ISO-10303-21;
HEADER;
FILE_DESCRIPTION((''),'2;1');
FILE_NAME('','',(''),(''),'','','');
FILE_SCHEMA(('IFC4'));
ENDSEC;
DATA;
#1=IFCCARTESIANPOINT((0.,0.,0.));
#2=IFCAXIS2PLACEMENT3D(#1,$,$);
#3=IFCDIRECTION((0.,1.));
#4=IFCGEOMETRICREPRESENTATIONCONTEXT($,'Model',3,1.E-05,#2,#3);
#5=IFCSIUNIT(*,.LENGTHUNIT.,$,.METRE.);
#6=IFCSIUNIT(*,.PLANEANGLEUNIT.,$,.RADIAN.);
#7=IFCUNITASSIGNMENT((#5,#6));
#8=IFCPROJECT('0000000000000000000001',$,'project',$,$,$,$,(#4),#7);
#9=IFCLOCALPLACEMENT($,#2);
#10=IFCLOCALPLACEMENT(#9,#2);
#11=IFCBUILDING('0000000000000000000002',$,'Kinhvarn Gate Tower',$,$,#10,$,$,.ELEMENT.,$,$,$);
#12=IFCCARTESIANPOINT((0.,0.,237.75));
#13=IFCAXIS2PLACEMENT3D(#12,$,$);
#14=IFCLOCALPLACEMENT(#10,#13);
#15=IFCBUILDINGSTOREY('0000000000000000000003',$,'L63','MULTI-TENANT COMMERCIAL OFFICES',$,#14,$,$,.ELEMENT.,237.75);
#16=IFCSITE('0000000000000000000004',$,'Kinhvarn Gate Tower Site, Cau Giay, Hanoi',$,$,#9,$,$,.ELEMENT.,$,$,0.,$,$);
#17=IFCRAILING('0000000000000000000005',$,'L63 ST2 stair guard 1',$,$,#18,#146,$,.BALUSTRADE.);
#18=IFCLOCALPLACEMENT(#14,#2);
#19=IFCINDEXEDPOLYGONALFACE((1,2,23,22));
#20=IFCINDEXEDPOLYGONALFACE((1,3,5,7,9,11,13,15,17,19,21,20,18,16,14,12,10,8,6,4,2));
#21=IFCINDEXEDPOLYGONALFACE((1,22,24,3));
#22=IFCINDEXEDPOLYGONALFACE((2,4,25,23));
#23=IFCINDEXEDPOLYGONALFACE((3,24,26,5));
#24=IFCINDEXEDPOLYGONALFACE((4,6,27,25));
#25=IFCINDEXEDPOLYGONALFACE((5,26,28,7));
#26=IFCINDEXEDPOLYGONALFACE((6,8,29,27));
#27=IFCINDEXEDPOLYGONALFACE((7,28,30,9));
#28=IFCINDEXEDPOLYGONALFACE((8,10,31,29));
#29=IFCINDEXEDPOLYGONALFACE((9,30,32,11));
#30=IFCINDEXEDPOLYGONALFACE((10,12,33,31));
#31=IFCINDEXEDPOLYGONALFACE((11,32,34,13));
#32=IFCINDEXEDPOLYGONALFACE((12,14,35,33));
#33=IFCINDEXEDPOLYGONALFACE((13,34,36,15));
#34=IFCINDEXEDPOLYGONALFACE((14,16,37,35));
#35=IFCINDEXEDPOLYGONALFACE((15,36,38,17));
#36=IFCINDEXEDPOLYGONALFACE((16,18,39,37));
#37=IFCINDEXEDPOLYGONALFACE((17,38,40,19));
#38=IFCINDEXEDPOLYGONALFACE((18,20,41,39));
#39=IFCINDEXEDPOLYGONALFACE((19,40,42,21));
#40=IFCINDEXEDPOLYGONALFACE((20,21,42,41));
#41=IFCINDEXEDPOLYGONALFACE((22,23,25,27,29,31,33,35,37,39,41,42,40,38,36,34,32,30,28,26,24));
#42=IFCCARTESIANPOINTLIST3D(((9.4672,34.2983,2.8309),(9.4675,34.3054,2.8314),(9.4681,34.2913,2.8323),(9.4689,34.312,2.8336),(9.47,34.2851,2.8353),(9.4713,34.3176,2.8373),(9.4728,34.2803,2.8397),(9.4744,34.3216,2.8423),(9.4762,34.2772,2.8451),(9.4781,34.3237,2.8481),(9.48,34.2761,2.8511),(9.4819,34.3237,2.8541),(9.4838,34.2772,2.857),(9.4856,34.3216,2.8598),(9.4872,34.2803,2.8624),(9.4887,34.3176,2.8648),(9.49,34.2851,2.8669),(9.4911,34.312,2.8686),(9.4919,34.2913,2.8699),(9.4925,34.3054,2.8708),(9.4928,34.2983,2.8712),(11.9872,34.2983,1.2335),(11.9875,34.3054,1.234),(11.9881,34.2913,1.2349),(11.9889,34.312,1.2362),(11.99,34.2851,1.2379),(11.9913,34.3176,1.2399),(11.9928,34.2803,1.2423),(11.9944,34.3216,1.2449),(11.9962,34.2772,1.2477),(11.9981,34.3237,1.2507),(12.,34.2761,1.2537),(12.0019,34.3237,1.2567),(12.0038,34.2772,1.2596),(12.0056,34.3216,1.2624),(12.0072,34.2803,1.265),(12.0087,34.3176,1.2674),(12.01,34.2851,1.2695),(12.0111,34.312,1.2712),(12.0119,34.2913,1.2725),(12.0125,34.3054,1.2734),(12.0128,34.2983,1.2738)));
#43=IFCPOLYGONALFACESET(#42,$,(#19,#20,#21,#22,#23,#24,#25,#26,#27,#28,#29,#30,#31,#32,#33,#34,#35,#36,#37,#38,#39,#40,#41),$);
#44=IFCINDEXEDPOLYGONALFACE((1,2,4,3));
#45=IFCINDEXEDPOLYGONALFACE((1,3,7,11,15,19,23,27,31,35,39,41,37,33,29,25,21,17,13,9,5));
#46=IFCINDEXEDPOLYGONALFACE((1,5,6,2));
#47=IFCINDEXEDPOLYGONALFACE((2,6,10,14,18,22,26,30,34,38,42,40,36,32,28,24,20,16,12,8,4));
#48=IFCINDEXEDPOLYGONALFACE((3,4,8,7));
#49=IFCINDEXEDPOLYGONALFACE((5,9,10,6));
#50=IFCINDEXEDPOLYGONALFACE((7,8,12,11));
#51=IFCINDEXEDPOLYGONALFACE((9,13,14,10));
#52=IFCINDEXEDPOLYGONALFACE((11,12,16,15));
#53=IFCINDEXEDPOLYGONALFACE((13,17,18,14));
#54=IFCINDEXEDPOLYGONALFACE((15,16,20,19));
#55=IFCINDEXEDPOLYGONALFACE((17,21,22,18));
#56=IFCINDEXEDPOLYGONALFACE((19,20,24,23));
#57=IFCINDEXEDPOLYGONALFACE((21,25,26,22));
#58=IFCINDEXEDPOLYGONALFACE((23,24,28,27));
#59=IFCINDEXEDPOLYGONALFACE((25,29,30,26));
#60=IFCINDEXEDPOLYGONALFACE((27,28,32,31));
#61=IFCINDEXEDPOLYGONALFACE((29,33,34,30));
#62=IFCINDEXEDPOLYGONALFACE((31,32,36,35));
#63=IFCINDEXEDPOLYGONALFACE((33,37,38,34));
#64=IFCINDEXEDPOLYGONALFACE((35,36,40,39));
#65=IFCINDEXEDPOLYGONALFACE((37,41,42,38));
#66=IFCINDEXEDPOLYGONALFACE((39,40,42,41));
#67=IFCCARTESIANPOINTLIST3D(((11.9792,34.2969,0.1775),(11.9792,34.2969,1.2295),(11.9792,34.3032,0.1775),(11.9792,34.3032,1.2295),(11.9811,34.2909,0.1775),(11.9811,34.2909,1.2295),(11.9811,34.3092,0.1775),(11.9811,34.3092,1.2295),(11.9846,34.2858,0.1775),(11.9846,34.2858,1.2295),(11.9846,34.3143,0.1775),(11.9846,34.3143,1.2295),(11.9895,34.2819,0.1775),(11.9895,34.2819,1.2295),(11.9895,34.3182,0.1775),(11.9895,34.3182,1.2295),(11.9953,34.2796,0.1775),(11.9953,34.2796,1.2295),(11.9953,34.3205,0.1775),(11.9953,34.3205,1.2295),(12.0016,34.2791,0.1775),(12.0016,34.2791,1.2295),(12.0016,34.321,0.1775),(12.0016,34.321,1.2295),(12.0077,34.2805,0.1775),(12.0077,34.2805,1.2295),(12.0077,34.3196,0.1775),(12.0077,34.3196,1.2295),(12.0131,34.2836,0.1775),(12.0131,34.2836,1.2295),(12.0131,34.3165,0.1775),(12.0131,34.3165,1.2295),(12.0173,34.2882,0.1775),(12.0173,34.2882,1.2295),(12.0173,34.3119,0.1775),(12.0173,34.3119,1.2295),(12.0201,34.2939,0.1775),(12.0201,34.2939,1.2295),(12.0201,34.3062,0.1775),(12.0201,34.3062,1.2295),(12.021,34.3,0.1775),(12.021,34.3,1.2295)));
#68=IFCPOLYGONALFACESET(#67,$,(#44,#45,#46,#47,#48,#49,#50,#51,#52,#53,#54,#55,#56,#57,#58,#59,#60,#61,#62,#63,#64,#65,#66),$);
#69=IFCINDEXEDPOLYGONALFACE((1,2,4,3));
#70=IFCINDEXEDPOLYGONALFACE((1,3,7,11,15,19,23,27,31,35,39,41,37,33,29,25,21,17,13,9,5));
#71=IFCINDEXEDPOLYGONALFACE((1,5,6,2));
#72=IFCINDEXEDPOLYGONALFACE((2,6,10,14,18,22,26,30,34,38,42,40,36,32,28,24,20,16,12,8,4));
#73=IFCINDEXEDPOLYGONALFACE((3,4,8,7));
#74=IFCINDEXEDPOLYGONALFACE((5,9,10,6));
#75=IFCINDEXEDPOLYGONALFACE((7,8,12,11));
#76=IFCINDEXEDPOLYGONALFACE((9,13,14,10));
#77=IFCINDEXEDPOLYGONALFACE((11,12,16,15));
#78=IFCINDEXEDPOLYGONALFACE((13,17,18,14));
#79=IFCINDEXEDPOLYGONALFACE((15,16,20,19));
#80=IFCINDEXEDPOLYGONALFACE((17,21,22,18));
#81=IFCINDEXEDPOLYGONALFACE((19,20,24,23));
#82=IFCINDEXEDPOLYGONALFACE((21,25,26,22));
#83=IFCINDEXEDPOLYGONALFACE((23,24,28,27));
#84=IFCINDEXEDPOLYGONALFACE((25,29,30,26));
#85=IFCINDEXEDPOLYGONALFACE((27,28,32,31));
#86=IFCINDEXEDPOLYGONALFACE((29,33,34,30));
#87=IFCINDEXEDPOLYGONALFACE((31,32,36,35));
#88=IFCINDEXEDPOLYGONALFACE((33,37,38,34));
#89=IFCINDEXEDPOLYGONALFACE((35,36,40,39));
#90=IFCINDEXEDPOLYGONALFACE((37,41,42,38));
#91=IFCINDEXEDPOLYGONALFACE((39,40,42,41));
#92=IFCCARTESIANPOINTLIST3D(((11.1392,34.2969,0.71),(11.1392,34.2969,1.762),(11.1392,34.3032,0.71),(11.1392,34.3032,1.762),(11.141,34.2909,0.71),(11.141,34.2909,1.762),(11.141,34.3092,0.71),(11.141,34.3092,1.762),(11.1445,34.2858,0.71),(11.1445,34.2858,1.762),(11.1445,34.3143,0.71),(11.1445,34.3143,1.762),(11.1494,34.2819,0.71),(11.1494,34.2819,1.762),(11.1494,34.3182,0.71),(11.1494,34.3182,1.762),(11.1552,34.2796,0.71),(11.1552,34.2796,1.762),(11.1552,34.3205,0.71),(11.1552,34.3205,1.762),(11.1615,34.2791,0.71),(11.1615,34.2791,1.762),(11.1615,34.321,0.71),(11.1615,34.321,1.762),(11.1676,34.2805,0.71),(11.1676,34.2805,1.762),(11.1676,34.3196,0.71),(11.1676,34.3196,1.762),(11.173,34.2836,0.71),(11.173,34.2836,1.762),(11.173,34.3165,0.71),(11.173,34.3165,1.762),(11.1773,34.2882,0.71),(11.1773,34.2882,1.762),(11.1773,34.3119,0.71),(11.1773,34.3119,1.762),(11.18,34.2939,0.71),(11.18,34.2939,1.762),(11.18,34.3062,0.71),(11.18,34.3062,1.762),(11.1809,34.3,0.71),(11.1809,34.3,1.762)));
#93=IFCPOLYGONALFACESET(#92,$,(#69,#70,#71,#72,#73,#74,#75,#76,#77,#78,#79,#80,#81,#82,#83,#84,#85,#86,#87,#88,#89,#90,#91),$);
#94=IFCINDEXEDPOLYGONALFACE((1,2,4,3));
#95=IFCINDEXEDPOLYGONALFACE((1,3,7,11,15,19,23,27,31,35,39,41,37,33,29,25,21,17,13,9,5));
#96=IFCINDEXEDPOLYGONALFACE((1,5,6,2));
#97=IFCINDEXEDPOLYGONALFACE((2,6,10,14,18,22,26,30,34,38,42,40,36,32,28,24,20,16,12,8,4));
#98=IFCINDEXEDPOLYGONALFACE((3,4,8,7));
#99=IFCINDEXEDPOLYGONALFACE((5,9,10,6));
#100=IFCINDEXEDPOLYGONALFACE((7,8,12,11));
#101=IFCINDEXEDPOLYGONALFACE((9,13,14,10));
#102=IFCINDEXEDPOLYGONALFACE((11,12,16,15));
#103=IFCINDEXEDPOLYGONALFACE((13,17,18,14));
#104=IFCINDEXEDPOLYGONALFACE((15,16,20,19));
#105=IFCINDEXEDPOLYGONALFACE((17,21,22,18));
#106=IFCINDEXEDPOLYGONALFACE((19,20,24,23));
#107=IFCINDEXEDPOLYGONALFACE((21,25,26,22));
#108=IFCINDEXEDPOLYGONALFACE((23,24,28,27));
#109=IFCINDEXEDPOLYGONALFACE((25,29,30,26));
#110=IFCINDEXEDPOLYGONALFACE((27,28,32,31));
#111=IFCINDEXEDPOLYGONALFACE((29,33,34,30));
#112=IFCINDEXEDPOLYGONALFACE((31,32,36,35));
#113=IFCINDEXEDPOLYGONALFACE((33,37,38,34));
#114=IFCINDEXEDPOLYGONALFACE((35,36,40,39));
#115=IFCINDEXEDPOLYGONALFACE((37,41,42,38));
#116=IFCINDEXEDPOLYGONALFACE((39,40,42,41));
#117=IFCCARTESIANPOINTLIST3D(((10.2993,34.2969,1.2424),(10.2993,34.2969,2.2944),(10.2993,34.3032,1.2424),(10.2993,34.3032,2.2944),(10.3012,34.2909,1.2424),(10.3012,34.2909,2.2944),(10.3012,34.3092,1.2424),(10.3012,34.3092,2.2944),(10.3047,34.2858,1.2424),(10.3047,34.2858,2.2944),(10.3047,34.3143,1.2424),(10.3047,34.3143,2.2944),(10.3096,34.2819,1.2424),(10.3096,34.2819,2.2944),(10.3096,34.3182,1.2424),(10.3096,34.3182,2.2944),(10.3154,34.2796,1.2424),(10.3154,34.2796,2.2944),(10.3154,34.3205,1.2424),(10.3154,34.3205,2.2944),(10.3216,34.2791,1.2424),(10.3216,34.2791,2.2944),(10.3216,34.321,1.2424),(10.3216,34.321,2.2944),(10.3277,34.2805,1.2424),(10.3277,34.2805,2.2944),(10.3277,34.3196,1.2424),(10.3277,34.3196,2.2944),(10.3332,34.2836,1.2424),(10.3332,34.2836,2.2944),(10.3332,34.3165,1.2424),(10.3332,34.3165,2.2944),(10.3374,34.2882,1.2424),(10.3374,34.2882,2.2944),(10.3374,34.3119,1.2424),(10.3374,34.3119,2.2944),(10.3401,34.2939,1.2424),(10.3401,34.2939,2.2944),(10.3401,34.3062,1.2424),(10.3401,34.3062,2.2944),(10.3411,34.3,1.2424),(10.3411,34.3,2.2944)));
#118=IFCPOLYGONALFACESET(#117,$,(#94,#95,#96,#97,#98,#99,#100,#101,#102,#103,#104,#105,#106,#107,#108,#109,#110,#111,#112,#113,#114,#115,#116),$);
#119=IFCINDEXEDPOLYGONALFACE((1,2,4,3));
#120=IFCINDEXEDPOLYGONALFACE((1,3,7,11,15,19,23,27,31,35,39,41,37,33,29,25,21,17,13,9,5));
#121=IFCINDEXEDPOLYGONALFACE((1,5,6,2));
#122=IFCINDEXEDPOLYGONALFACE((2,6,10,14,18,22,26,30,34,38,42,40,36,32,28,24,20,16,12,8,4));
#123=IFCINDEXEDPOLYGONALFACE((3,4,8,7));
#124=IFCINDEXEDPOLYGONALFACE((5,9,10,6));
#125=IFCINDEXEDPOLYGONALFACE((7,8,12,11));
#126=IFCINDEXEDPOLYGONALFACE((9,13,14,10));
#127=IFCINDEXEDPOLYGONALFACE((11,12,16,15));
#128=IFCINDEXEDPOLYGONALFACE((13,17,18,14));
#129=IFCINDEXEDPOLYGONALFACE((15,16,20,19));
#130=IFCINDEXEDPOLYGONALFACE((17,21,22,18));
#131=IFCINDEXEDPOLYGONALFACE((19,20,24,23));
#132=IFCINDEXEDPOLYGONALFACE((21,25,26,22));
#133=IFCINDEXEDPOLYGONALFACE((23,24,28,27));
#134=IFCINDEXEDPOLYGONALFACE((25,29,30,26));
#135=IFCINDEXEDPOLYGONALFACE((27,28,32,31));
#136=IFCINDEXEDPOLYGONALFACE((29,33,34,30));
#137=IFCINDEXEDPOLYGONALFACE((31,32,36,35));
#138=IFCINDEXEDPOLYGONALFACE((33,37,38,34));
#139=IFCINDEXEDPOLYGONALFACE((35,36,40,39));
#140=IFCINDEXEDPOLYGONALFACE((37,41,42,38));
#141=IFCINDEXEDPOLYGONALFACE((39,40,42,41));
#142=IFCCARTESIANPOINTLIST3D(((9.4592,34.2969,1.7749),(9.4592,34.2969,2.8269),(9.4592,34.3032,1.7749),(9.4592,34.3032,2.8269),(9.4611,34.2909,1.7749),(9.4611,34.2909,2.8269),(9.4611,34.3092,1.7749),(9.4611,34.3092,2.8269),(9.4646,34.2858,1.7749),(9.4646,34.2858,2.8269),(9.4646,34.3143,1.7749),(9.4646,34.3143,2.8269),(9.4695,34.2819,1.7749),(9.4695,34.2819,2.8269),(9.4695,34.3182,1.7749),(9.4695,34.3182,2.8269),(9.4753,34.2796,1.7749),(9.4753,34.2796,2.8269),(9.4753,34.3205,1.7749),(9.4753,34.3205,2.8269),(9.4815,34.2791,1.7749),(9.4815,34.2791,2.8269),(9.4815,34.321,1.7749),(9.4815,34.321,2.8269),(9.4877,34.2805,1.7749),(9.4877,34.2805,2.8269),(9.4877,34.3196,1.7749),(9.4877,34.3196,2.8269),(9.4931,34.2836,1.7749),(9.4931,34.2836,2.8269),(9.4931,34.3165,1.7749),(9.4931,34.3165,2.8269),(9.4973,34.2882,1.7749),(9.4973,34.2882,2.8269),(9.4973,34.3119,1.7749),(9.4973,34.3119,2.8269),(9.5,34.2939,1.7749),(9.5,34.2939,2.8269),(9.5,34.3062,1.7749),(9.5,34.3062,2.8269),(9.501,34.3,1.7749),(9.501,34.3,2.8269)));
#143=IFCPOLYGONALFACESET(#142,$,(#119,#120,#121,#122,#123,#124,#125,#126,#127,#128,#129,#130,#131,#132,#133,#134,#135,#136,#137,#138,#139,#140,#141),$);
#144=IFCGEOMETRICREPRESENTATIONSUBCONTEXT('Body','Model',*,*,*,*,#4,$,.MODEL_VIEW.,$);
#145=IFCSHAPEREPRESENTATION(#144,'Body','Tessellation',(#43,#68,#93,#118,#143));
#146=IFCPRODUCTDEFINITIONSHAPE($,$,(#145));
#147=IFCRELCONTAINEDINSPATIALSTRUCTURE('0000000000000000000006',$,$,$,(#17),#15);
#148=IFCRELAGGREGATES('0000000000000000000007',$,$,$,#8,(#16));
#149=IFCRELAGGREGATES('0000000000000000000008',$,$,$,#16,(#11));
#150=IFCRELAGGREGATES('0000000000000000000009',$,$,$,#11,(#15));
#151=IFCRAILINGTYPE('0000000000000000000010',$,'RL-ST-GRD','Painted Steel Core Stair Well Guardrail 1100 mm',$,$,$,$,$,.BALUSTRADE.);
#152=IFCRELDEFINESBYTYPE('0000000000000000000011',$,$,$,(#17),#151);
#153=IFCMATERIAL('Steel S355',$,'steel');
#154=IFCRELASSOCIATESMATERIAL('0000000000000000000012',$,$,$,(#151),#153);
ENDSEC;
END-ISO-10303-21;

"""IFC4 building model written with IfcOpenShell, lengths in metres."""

from ifc_helpers import new_model, si_unit, direction, frame, origin, origin_2d, place, context, subcontext, project, spatial, circle, extrude, material, type_object, element, save


model = new_model("IFC4")

# Units and contexts
model_context = context("Model", 3, precision=1e-05, world=origin(), true_north=direction((0.0, 1.0)))
body_context = subcontext(model_context, "Body", "Model", "MODEL_VIEW")
ifc_project = project(units=[si_unit("LENGTHUNIT", "METRE"), si_unit("PLANEANGLEUNIT", "RADIAN")], contexts=[model_context])

# Site, building, storey
site_placement = place(None, origin())
site = spatial("IfcSite", under=ifc_project, at=site_placement, Name="Kinhvarn Gate Tower Site, Cau Giay, Hanoi", CompositionType="ELEMENT", RefElevation=0.0)
building_placement = place(site_placement, origin())
building = spatial("IfcBuilding", under=site, at=building_placement, Name="Kinhvarn Gate Tower", CompositionType="ELEMENT")
storey_placement = place(building_placement, frame((0.0, 0.0, 237.75)))
storey = spatial("IfcBuildingStorey", under=building, at=storey_placement, Name="L63", Description="MULTI-TENANT COMMERCIAL OFFICES", CompositionType="ELEMENT", Elevation=237.75)

# Shared definitions
ifc_material_1 = material(Name="Steel S355", Category="steel")

# Railing
railing_type_1 = type_object("IfcRailingType", Name="RL-ST-GRD", Description="Painted Steel Core Stair Well Guardrail 1100 mm", PredefinedType="BALUSTRADE", material=ifc_material_1)
railing_1_placement = place(storey_placement, frame((12.0, 34.3, 0.1775)))
element("IfcRailing", 1, at=railing_1_placement, inside=storey, type_object=railing_type_1, Name="L63 ST2 stair guard 1", PredefinedType="BALUSTRADE", context=body_context, shape_type="SweptSolid", body=[
    extrude(circle(Radius=0.0239, at=origin_2d()), frame((0.0, 0.0, 1.0762), z_axis=(-0.844607, 0.0, 0.535387), x_axis=(0.0, -1.0, 0.0)), (0.0, 0.0, 1.0), 2.9836),
    extrude(circle(Radius=0.021, at=origin_2d()), origin(), (0.0, 0.0, 1.0), 1.052),
    extrude(circle(Radius=0.021, at=origin_2d()), frame((-0.8401, 0.0, 0.5325)), (0.0, 0.0, 1.0), 1.052),
    extrude(circle(Radius=0.021, at=origin_2d()), frame((-1.6799, 0.0, 1.0649)), (0.0, 0.0, 1.0), 1.052),
    extrude(circle(Radius=0.021, at=origin_2d()), frame((-2.52, 0.0, 1.5974)), (0.0, 0.0, 1.0), 1.052),
])

save(model, "model.ifc")
